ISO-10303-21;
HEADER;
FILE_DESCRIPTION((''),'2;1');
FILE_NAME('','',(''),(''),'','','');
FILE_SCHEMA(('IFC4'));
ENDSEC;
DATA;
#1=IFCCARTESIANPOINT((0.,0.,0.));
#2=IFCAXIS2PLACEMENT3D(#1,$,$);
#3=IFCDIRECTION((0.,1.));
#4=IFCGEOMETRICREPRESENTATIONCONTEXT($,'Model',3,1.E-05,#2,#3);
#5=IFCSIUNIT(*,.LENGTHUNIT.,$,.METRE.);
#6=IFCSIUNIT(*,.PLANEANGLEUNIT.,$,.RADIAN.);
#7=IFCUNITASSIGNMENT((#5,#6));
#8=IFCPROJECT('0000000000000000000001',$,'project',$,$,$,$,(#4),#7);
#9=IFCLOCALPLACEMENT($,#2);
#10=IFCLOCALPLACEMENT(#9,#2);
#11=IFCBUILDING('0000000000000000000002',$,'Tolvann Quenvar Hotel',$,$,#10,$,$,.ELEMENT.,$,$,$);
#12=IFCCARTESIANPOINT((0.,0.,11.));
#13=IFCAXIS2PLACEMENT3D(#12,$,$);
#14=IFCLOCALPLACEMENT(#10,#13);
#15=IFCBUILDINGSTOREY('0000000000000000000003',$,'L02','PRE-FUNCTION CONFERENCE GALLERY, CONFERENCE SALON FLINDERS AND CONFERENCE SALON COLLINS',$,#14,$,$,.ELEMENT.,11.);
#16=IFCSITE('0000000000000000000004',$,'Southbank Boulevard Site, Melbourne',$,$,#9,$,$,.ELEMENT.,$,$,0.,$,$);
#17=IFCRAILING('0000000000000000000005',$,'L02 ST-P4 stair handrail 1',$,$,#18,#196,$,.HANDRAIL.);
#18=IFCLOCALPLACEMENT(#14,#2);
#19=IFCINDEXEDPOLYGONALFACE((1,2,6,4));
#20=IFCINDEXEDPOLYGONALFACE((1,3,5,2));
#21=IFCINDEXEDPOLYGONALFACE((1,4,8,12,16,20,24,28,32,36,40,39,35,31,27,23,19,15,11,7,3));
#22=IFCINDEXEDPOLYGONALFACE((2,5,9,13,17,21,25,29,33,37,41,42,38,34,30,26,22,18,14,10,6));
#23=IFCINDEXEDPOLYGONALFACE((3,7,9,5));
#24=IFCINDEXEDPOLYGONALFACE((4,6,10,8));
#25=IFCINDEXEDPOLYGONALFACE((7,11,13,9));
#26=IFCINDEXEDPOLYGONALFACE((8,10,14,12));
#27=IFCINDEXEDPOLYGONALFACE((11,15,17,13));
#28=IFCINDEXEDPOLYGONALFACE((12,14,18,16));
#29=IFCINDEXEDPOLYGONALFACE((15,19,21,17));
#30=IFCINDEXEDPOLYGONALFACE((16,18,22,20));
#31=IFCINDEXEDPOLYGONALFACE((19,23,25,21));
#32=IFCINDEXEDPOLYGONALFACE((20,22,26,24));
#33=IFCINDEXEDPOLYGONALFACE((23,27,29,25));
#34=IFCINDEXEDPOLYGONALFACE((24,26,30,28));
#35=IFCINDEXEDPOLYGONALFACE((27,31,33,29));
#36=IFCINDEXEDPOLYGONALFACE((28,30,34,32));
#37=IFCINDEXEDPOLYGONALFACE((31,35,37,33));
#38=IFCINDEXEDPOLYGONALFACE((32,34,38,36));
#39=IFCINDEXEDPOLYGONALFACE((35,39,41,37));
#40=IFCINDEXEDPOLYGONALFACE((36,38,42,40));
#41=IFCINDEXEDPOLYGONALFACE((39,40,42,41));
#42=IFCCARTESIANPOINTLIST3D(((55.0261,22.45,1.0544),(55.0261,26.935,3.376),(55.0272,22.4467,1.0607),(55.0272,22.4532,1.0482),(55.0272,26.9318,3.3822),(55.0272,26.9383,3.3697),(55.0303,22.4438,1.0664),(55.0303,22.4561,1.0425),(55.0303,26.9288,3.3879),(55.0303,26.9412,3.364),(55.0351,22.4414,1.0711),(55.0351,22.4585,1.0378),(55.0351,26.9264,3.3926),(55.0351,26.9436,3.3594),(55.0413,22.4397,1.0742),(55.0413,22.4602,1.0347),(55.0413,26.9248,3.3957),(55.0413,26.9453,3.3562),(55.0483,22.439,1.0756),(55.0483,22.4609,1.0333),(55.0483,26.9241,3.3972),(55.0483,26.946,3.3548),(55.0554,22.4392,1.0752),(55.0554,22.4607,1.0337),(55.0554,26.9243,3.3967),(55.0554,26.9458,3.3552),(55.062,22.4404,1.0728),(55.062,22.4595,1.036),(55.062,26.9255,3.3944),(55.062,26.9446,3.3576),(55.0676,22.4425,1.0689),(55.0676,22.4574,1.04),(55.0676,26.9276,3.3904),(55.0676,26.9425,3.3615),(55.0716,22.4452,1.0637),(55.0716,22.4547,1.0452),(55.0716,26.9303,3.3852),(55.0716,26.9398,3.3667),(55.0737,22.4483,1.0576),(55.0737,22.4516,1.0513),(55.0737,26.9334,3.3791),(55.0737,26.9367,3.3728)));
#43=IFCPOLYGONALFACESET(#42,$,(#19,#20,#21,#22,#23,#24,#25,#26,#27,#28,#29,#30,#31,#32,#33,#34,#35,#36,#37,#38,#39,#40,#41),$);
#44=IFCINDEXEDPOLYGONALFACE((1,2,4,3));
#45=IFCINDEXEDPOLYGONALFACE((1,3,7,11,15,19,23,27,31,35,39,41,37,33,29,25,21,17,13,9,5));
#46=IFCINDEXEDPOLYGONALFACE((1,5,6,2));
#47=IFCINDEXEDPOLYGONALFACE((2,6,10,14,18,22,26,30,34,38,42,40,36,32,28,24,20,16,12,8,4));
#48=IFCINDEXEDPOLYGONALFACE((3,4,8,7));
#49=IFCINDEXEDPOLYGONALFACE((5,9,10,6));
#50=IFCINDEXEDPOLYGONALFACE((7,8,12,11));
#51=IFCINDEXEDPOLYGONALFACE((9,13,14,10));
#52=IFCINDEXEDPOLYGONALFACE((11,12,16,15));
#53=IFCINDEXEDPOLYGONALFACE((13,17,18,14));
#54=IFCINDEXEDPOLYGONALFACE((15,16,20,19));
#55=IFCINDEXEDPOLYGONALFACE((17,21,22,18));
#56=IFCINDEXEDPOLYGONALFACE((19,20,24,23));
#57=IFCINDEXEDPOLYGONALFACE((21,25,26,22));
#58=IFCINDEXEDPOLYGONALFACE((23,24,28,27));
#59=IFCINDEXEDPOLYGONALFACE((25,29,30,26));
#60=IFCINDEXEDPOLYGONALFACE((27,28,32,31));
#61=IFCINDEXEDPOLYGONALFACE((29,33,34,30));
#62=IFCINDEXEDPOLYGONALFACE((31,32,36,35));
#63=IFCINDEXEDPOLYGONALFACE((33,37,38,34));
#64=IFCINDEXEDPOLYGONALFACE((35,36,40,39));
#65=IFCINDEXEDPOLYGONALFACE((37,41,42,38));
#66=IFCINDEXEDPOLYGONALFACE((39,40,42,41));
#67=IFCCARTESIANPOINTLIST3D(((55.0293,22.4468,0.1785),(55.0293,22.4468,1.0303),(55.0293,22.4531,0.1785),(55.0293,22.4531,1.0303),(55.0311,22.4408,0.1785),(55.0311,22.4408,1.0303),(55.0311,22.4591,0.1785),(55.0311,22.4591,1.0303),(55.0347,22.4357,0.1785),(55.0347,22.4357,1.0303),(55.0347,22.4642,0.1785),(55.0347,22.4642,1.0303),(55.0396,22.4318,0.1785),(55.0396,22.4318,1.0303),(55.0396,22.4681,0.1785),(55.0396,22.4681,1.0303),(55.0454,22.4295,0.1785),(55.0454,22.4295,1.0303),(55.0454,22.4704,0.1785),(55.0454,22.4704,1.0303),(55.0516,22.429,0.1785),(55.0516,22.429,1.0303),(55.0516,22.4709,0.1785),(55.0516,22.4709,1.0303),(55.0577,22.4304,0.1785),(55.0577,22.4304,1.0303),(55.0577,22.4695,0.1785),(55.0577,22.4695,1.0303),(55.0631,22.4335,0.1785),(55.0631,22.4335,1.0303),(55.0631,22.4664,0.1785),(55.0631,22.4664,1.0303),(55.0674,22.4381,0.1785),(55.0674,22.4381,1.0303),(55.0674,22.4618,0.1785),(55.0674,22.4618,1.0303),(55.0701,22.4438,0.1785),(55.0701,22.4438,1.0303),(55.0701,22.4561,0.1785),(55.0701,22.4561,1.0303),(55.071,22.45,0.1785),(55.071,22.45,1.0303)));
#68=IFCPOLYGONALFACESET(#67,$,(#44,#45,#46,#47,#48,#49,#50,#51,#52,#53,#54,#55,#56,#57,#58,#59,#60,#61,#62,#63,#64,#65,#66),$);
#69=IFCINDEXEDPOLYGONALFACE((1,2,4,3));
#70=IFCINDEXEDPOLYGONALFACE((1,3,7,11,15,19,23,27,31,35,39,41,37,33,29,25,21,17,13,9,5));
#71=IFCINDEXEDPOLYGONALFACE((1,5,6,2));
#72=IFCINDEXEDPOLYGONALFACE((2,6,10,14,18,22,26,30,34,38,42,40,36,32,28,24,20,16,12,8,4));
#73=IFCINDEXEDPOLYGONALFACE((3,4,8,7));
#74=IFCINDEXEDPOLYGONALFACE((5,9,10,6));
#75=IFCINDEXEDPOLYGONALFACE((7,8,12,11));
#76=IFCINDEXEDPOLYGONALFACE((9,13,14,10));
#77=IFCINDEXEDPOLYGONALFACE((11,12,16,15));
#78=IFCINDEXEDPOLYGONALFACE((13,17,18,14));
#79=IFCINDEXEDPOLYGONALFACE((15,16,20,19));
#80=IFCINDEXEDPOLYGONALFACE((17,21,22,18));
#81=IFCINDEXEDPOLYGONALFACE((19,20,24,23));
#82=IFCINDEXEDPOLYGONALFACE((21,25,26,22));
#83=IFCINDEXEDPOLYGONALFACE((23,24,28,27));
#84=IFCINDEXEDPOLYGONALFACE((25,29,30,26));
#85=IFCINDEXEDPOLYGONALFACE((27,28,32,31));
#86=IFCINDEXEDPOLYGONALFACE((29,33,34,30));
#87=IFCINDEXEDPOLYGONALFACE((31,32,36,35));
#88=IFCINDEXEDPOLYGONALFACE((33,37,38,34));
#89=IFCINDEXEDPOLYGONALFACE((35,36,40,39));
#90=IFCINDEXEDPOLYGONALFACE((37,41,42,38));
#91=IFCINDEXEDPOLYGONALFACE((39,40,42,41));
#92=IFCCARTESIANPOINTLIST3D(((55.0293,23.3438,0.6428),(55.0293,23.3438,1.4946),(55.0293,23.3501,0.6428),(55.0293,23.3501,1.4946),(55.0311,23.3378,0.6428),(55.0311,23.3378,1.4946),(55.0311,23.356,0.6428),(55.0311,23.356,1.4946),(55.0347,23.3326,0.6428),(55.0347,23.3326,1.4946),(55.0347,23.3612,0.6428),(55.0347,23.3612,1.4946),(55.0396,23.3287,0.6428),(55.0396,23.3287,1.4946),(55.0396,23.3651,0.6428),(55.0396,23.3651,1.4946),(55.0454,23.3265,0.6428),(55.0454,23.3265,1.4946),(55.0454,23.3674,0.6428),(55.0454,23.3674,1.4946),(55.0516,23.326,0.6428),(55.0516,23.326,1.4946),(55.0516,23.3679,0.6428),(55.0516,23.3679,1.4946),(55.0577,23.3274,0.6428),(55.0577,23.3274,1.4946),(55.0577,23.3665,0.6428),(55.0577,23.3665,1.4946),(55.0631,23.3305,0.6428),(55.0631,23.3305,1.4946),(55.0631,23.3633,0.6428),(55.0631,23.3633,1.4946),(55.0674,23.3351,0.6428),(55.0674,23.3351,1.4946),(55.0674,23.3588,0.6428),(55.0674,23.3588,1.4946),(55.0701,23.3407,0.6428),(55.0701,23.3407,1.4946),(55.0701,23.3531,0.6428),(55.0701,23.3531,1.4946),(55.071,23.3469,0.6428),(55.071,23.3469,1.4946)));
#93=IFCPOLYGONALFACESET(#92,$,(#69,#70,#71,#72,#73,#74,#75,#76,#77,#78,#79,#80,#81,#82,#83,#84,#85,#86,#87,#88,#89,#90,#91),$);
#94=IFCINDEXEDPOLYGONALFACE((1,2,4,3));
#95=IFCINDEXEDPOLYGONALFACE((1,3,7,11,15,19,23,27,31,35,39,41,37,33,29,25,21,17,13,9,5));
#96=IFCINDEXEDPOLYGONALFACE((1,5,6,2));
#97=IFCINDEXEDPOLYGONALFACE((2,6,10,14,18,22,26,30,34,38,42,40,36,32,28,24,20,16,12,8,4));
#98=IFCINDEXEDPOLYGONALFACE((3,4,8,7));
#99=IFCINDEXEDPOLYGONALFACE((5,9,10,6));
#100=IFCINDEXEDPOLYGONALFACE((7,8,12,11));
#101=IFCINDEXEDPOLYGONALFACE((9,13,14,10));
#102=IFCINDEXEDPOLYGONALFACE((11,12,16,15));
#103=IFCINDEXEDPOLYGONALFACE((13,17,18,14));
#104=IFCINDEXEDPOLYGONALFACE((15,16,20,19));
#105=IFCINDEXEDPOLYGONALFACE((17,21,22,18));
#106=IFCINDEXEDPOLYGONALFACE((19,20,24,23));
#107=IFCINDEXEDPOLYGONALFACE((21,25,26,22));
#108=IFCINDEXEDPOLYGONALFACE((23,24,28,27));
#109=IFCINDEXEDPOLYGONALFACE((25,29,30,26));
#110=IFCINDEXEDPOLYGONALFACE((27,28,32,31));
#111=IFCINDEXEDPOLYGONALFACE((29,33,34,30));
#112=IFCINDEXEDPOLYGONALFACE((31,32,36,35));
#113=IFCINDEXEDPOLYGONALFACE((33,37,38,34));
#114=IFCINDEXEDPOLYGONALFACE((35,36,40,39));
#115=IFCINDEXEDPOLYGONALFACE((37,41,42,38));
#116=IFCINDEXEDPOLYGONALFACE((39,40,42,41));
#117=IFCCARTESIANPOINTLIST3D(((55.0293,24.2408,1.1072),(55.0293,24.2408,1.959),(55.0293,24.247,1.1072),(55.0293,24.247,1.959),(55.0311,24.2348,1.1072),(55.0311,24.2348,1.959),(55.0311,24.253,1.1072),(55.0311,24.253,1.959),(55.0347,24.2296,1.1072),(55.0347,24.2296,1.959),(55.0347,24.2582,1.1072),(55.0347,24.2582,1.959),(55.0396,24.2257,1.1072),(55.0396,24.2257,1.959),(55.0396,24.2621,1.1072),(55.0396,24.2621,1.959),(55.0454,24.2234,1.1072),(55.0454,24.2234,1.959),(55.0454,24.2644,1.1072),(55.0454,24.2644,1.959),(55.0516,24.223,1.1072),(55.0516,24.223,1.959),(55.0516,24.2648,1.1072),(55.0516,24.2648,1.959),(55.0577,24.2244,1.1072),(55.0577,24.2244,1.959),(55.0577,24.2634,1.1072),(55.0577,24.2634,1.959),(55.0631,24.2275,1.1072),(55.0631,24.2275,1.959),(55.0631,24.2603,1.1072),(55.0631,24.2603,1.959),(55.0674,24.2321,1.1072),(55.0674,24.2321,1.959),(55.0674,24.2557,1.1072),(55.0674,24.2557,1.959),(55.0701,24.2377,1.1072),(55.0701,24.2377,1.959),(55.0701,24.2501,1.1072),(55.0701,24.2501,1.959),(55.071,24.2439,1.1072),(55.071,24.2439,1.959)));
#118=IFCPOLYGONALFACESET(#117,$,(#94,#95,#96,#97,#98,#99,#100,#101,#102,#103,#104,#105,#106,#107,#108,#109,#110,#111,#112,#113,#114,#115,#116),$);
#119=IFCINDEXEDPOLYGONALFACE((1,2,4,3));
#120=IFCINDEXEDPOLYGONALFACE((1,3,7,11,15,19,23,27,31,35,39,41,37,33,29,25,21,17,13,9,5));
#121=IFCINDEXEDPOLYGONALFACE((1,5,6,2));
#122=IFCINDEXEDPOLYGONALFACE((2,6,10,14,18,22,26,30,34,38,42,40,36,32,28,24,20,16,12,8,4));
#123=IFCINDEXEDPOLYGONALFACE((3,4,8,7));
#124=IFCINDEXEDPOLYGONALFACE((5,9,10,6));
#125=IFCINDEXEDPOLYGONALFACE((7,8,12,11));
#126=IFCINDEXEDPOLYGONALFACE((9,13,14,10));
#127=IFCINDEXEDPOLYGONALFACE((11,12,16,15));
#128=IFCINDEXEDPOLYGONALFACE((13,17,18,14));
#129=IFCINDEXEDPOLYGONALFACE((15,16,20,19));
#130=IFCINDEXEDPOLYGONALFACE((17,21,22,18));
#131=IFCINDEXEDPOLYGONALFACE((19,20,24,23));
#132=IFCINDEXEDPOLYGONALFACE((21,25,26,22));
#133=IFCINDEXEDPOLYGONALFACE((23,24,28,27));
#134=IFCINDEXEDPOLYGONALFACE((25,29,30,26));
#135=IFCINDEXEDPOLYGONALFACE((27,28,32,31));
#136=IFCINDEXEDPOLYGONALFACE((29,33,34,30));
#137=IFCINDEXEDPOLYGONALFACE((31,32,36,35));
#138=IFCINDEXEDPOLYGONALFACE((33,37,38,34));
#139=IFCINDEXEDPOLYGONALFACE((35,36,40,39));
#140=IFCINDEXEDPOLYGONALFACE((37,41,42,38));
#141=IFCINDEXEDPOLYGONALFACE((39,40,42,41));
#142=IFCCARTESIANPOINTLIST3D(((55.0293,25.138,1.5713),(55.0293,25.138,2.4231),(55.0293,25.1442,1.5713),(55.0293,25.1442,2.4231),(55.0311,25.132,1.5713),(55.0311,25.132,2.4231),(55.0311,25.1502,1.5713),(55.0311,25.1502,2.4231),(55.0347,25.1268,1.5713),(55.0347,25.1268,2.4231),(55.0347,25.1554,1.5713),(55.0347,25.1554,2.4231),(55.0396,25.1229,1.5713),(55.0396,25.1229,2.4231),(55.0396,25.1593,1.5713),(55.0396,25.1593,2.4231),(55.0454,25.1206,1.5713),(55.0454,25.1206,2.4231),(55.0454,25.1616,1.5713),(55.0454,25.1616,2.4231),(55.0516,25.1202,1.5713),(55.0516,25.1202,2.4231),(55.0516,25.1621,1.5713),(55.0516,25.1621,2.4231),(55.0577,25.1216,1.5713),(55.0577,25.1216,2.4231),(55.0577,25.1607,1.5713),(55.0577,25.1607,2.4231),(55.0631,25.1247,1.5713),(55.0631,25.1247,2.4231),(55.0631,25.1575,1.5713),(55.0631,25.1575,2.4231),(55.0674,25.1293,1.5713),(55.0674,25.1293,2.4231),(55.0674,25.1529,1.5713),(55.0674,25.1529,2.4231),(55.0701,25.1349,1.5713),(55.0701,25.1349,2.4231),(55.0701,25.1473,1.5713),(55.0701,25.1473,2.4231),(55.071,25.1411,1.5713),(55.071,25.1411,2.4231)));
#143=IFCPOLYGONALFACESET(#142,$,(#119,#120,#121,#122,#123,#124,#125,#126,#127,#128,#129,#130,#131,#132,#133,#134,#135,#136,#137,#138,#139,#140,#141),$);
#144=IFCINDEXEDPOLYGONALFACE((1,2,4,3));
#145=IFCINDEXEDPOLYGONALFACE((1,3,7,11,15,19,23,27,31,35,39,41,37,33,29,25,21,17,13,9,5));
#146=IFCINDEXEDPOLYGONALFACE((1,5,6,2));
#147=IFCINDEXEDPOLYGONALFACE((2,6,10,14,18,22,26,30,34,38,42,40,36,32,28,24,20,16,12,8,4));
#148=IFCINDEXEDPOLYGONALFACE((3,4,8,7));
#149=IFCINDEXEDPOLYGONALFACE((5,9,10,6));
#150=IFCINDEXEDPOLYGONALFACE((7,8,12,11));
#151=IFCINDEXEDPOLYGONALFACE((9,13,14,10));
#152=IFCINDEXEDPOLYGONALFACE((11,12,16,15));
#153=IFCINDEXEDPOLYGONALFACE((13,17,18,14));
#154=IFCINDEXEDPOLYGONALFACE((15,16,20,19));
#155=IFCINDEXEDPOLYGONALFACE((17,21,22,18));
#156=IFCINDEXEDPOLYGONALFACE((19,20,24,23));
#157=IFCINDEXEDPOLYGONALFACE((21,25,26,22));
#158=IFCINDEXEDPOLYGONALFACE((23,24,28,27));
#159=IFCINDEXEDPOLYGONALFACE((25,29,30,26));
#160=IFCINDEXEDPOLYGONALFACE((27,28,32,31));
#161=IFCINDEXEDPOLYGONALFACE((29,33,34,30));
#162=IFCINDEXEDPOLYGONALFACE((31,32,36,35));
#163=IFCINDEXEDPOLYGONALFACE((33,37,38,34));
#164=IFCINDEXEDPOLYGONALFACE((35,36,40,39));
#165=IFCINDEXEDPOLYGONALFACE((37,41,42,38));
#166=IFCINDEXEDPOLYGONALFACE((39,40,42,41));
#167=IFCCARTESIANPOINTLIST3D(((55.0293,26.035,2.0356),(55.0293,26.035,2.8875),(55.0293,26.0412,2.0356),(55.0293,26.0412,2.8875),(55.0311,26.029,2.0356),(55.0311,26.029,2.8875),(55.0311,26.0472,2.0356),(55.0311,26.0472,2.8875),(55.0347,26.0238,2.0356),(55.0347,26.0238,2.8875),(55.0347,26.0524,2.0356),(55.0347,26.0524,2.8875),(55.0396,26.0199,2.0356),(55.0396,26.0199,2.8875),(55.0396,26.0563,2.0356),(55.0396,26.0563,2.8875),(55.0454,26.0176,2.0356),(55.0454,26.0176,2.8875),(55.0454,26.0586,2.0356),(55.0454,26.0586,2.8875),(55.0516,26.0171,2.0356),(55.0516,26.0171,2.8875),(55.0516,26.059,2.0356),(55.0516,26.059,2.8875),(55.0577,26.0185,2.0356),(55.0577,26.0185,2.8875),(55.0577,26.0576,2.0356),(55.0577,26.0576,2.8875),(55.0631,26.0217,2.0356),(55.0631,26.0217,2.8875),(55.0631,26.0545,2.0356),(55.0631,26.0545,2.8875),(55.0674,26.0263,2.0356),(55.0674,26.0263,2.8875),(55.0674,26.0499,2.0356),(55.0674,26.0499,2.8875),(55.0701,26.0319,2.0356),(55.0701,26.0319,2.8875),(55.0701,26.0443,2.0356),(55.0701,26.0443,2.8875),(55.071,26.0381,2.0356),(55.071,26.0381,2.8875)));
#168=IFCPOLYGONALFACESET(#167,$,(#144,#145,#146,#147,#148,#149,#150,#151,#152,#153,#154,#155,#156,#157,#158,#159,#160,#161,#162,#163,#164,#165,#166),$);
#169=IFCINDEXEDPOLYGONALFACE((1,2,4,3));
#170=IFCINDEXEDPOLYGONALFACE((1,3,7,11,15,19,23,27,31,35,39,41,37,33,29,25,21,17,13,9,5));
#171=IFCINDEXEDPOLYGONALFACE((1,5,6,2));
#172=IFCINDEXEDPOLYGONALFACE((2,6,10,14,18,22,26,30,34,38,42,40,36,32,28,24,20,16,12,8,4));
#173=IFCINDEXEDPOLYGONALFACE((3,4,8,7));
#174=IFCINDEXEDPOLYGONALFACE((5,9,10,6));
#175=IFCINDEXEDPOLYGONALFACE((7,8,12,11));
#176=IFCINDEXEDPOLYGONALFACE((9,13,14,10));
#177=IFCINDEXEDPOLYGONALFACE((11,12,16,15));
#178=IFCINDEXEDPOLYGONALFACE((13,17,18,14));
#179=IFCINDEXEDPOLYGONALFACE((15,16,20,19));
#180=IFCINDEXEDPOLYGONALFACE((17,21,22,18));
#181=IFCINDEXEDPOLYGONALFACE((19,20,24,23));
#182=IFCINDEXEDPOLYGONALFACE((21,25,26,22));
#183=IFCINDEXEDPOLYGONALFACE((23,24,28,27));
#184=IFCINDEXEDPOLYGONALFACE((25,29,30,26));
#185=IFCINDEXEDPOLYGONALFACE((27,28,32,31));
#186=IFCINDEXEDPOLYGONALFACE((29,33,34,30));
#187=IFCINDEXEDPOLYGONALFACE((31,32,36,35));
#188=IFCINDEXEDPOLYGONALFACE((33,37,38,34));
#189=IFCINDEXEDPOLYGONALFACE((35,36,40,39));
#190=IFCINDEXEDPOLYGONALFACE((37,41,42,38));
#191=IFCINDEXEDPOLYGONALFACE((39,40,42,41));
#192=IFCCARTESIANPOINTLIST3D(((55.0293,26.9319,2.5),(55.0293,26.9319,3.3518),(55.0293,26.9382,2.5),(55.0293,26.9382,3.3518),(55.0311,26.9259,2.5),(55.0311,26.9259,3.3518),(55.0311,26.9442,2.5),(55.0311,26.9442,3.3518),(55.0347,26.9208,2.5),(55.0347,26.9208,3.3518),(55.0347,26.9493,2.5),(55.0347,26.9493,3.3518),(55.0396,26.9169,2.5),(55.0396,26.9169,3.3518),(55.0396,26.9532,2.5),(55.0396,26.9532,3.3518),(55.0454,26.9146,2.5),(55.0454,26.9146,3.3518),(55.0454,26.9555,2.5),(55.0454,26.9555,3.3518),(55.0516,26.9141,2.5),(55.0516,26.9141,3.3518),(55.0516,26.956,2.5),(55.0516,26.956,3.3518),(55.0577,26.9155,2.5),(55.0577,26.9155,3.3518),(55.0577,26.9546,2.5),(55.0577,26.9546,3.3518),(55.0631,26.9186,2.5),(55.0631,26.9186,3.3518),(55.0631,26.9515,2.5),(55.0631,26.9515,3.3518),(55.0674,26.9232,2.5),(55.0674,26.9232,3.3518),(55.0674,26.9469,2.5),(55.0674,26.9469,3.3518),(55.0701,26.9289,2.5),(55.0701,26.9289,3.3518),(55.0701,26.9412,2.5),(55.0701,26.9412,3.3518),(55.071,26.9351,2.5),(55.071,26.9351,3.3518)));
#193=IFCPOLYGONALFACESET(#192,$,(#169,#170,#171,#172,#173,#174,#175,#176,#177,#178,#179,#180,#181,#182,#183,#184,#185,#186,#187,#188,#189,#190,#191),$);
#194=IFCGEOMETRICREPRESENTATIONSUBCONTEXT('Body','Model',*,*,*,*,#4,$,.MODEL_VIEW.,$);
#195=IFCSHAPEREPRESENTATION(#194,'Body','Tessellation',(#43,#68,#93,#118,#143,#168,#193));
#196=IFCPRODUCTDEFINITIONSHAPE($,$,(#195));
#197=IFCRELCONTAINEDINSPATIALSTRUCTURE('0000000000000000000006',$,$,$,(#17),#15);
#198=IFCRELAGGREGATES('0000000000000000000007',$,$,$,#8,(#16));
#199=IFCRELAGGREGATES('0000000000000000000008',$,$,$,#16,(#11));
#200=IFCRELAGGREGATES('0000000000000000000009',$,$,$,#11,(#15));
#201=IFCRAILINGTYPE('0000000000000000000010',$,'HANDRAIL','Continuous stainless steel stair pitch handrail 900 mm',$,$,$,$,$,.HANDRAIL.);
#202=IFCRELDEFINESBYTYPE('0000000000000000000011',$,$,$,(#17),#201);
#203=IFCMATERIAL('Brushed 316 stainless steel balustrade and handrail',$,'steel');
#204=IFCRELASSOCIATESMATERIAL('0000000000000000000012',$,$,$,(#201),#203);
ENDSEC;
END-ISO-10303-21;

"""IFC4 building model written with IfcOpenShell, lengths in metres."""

from ifc_helpers import new_model, si_unit, direction, frame, origin, origin_2d, place, context, subcontext, project, spatial, circle, extrude, material, type_object, element, save


model = new_model("IFC4")

# Units and contexts
model_context = context("Model", 3, precision=1e-05, world=origin(), true_north=direction((0.0, 1.0)))
body_context = subcontext(model_context, "Body", "Model", "MODEL_VIEW")
ifc_project = project(units=[si_unit("LENGTHUNIT", "METRE"), si_unit("PLANEANGLEUNIT", "RADIAN")], contexts=[model_context])

# Site, building, storey
site_placement = place(None, origin())
site = spatial("IfcSite", under=ifc_project, at=site_placement, Name="Southbank Boulevard Site, Melbourne", CompositionType="ELEMENT", RefElevation=0.0)
building_placement = place(site_placement, origin())
building = spatial("IfcBuilding", under=site, at=building_placement, Name="Tolvann Quenvar Hotel", CompositionType="ELEMENT")
storey_placement = place(building_placement, frame((0.0, 0.0, 11.0)))
storey = spatial("IfcBuildingStorey", under=building, at=storey_placement, Name="L02", Description="PRE-FUNCTION CONFERENCE GALLERY, CONFERENCE SALON FLINDERS AND CONFERENCE SALON COLLINS", CompositionType="ELEMENT", Elevation=11.0)

# Railing
ifc_material_1 = material(Name="Brushed 316 stainless steel balustrade and handrail", Category="steel")
railing_type_1 = type_object("IfcRailingType", Name="HANDRAIL", Description="Continuous stainless steel stair pitch handrail 900 mm", PredefinedType="HANDRAIL", material=ifc_material_1)
railing_1_placement = place(storey_placement, frame((55.05, 22.45, 0.1785)))
element("IfcRailing", 1, at=railing_1_placement, inside=storey, type_object=railing_type_1, Name="L02 ST-P4 stair handrail 1", PredefinedType="HANDRAIL", context=body_context, shape_type="SweptSolid", body=[
    extrude(circle(Radius=0.0239, at=origin_2d()), frame((0.0, 0.0, 0.876), z_axis=(0.0, 0.888084, 0.459681), x_axis=(-1.0, 0.0, 0.0)), (0.0, 0.0, 1.0), 5.0503),
    extrude(circle(Radius=0.021, at=origin_2d()), origin(), (0.0, 0.0, 1.0), 0.8518),
    extrude(circle(Radius=0.021, at=origin_2d()), frame((0.0, 0.897, 0.4644)), (0.0, 0.0, 1.0), 0.8518),
    extrude(circle(Radius=0.021, at=origin_2d()), frame((0.0, 1.7939, 0.9287)), (0.0, 0.0, 1.0), 0.8518),
    extrude(circle(Radius=0.021, at=origin_2d()), frame((0.0, 2.6912, 1.3928)), (0.0, 0.0, 1.0), 0.8518),
    extrude(circle(Radius=0.021, at=origin_2d()), frame((0.0, 3.5881, 1.8572)), (0.0, 0.0, 1.0), 0.8518),
    extrude(circle(Radius=0.021, at=origin_2d()), frame((0.0, 4.4851, 2.3215)), (0.0, 0.0, 1.0), 0.8518),
])

save(model, "model.ifc")
